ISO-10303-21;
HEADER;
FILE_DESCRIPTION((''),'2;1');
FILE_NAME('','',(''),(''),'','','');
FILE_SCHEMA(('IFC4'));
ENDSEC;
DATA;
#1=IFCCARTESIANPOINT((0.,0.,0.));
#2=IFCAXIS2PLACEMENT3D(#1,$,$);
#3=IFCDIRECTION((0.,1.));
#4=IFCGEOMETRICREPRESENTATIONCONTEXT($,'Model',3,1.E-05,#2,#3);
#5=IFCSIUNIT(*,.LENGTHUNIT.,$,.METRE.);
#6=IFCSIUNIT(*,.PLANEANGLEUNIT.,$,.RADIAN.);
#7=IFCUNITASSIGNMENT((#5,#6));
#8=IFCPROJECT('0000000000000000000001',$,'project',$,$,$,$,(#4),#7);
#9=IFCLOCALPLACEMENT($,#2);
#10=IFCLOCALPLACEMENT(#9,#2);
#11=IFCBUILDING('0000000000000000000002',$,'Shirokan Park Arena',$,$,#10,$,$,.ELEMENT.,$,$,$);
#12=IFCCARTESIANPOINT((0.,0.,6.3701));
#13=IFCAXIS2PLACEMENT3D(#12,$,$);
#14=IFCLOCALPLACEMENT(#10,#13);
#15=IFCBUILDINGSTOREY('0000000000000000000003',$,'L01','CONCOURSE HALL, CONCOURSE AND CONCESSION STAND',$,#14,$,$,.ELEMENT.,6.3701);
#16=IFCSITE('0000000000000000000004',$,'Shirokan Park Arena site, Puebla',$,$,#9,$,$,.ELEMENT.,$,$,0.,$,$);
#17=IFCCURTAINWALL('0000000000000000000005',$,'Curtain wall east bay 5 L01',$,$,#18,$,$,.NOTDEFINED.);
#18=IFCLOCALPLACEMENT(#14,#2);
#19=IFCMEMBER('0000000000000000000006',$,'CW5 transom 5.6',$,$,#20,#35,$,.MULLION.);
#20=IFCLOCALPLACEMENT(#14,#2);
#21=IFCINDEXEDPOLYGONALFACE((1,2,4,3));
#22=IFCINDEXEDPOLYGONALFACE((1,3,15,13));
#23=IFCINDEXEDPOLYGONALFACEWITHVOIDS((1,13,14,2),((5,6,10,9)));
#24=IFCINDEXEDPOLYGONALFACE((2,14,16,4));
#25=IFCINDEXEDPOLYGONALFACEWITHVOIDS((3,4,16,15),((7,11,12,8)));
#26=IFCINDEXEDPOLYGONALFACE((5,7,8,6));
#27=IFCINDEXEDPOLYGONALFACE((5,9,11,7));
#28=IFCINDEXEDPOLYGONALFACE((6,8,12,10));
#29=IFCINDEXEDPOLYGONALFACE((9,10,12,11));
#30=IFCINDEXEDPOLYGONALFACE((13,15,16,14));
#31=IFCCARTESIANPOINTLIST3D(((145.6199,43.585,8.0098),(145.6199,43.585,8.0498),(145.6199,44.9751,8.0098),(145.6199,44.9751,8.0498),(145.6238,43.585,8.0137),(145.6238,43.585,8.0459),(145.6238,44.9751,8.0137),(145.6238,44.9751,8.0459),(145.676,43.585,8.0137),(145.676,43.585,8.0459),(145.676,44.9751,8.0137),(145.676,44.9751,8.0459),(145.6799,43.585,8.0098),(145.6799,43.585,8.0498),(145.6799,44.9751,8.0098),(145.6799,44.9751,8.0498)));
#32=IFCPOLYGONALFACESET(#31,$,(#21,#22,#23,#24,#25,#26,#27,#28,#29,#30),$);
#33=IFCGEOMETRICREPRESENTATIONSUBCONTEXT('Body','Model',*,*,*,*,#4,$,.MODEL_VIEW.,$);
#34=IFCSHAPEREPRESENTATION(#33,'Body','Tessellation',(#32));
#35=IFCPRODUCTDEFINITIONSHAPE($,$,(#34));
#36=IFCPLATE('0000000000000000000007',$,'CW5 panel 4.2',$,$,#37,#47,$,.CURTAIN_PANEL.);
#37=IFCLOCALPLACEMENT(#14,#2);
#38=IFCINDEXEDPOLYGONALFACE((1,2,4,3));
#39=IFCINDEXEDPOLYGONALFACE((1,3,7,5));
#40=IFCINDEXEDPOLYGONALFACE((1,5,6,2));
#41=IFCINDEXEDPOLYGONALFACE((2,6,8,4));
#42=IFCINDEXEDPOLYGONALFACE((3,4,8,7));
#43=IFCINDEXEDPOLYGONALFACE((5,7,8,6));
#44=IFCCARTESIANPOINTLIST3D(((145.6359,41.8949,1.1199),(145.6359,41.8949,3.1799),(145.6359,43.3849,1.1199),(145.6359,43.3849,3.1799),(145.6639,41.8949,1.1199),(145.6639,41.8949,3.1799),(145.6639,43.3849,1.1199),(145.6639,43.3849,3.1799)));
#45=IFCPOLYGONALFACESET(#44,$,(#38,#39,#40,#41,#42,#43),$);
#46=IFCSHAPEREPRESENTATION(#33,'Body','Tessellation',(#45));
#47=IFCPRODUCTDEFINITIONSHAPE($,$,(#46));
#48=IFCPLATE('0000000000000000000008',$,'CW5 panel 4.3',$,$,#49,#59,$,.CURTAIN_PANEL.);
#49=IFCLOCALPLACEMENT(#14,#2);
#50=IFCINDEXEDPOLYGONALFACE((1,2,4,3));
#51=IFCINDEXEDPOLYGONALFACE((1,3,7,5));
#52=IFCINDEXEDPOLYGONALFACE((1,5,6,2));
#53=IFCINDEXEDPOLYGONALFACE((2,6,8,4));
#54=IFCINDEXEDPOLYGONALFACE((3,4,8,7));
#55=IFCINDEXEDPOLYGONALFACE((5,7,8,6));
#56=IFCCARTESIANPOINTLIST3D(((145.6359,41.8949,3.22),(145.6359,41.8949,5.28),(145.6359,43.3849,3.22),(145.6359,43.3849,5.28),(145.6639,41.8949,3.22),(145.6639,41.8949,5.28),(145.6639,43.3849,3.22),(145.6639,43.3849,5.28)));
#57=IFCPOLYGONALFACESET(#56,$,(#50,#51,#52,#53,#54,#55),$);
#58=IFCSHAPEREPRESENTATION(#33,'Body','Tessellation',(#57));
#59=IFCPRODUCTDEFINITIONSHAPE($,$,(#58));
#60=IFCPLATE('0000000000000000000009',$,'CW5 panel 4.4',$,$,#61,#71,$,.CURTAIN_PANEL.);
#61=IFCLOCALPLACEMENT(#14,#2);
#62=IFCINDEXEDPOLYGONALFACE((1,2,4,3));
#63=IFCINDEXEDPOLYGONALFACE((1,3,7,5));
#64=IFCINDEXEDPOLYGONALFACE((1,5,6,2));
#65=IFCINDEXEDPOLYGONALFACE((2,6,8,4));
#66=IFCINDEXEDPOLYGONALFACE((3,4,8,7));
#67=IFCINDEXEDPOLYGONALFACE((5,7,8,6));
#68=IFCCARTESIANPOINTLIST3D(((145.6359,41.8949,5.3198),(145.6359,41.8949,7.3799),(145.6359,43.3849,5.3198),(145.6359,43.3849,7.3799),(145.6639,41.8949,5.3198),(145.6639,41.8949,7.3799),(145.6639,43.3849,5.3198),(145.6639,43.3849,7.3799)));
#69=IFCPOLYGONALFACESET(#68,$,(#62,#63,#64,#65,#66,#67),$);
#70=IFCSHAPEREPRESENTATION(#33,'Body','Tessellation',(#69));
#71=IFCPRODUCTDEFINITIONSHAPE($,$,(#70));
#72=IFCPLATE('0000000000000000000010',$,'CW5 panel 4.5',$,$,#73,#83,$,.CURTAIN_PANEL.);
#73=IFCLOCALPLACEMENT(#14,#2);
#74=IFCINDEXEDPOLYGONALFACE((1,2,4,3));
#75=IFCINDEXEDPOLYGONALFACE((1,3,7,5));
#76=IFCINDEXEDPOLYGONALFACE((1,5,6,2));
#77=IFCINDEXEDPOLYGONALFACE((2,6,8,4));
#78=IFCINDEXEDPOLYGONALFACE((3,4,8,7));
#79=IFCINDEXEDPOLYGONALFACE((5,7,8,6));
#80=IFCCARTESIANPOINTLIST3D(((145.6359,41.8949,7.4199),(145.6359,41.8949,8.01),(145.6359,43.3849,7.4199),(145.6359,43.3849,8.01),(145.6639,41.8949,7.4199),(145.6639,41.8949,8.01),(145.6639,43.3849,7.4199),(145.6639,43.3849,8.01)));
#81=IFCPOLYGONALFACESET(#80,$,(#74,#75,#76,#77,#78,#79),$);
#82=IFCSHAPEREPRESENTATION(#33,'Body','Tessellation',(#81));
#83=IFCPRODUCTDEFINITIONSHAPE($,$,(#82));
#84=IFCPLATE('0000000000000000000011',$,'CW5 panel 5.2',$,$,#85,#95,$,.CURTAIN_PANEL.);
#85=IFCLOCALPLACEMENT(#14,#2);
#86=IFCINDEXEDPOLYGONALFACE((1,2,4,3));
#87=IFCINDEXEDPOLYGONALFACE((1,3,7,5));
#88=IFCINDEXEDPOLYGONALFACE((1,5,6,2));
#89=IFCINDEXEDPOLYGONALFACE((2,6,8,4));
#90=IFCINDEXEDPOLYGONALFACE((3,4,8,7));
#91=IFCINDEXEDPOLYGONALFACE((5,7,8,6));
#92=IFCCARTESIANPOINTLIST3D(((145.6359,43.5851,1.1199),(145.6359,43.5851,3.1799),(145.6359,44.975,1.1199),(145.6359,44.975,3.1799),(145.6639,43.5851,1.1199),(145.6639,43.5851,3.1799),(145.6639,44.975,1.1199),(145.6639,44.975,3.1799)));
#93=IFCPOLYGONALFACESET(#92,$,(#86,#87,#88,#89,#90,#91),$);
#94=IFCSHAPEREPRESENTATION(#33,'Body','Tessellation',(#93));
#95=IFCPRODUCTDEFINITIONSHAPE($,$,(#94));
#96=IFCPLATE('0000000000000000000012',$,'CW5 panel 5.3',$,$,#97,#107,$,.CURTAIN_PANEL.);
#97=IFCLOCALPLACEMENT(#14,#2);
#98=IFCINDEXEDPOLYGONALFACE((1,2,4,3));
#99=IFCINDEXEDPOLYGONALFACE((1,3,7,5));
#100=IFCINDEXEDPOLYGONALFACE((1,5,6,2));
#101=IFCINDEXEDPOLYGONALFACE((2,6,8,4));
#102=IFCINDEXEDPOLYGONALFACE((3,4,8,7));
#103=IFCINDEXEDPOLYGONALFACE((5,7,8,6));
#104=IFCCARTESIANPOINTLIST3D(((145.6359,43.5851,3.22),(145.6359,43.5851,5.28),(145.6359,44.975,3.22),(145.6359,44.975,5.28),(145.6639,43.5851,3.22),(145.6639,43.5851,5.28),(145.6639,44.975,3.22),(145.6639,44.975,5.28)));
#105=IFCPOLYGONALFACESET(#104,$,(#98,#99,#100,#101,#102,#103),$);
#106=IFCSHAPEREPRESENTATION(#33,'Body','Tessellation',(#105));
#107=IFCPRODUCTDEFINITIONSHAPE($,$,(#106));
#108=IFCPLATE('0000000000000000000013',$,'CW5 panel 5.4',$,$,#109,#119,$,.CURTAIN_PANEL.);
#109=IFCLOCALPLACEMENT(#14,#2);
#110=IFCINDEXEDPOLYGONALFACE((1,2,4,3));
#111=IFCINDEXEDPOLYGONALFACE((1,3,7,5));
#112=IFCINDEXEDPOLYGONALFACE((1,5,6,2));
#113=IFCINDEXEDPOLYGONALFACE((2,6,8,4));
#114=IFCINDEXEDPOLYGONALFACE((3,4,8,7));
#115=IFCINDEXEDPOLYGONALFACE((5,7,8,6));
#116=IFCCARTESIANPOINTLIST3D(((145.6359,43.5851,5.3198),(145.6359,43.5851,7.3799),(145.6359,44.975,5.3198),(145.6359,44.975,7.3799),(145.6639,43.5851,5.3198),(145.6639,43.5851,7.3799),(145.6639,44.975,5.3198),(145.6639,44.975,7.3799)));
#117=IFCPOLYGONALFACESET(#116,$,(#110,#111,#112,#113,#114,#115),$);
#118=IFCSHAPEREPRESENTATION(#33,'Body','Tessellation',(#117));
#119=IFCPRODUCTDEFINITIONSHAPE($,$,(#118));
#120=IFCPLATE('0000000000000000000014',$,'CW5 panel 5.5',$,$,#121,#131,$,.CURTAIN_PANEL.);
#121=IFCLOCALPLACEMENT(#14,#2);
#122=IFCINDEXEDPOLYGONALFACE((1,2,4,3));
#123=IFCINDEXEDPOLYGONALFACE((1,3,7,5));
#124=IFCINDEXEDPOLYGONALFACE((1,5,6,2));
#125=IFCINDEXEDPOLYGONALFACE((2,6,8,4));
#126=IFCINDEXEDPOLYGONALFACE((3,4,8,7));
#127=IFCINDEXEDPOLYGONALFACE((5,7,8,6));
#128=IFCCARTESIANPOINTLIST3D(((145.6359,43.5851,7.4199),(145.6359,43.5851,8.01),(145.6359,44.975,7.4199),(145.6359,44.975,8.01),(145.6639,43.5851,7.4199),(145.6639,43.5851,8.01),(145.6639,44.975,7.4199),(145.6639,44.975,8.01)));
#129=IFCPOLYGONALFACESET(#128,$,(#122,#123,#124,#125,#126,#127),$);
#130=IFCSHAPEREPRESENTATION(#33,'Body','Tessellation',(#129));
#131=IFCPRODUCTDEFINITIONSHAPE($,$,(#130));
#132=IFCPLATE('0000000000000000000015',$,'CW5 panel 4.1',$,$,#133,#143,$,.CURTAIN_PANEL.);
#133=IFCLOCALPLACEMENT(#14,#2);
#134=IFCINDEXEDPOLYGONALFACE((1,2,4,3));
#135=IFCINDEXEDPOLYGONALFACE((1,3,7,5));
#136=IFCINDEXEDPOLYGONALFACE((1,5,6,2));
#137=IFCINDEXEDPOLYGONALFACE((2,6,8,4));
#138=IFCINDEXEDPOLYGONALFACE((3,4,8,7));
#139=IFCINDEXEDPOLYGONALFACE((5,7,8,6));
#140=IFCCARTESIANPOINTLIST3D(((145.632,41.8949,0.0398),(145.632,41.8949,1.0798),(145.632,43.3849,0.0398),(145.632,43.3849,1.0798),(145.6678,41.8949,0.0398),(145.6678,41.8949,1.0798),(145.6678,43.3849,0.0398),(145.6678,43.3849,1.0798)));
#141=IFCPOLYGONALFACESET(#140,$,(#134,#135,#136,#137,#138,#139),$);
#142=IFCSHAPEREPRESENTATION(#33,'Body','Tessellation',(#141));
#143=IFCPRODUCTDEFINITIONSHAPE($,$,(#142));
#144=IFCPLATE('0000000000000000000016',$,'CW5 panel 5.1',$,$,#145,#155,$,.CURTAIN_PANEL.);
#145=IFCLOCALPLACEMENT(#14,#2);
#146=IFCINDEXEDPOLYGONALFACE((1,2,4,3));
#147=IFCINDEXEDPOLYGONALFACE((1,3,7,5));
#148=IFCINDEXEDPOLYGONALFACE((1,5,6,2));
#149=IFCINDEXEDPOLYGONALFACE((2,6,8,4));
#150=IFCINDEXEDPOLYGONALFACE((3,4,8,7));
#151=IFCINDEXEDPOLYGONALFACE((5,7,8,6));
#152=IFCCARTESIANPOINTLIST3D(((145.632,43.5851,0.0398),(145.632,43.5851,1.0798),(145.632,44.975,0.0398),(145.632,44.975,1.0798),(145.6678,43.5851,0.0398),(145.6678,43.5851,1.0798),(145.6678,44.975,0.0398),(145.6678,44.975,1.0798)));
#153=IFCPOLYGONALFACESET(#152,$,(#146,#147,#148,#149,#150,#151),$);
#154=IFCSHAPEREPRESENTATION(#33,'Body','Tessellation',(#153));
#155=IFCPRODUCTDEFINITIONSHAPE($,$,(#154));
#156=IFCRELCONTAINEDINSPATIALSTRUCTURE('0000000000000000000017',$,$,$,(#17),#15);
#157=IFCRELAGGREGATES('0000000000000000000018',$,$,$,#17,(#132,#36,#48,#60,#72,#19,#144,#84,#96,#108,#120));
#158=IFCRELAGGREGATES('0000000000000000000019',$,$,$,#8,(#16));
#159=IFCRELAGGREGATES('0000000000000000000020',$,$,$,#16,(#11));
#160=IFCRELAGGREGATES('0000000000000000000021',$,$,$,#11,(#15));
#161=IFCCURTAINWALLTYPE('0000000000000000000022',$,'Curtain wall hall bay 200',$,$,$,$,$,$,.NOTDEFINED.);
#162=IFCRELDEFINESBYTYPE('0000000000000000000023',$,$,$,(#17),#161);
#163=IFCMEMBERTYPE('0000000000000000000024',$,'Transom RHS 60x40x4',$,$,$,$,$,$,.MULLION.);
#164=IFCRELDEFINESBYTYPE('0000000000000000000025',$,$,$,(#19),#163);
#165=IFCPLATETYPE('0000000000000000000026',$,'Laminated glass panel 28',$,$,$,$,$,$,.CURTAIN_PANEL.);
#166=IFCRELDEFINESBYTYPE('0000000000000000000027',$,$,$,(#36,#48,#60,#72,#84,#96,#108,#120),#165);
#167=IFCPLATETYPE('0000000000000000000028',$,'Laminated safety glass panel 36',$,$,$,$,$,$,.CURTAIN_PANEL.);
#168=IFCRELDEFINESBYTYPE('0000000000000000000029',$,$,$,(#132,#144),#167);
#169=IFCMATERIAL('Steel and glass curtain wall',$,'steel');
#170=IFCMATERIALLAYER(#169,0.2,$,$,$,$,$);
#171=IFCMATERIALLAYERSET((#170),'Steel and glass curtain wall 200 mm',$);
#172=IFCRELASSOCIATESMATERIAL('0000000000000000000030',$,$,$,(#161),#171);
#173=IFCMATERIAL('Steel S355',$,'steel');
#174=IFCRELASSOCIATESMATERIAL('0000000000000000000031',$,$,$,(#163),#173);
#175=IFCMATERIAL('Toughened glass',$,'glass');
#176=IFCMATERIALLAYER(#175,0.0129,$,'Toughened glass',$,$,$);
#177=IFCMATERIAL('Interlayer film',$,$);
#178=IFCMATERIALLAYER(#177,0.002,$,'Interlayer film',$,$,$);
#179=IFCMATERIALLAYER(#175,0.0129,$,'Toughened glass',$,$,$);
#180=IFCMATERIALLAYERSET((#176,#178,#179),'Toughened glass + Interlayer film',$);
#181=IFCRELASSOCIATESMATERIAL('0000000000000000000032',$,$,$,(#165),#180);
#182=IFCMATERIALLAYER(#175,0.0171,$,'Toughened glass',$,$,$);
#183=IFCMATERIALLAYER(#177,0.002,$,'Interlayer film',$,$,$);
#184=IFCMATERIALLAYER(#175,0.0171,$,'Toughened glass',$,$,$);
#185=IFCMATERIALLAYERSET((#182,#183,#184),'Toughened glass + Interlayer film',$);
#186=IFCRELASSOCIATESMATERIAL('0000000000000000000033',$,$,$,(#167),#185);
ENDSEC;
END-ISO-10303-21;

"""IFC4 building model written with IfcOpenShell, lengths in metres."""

from ifc_helpers import new_model, si_unit, direction, frame, origin, origin_2d, place, context, subcontext, project, spatial, rectangle, hollow_rectangle, extrude, material, layer, layer_set, material_profile, profile_set, type_object, element, aggregate, save


model = new_model("IFC4")

# Units and contexts
model_context = context("Model", 3, precision=1e-05, world=origin(), true_north=direction((0.0, 1.0)))
body_context = subcontext(model_context, "Body", "Model", "MODEL_VIEW")
ifc_project = project(units=[si_unit("LENGTHUNIT", "METRE"), si_unit("PLANEANGLEUNIT", "RADIAN")], contexts=[model_context])

# Site, building, storey
site_placement = place(None, origin())
site = spatial("IfcSite", under=ifc_project, at=site_placement, Name="Shirokan Park Arena site, Puebla", CompositionType="ELEMENT", RefElevation=0.0)
building_placement = place(site_placement, origin())
building = spatial("IfcBuilding", under=site, at=building_placement, Name="Shirokan Park Arena", CompositionType="ELEMENT")
storey_placement = place(building_placement, frame((0.0, 0.0, 6.3701)))
storey = spatial("IfcBuildingStorey", under=building, at=storey_placement, Name="L01", Description="CONCOURSE HALL, CONCOURSE AND CONCESSION STAND", CompositionType="ELEMENT", Elevation=6.3701)

# Curtain wall, member, plates
ifc_material_1 = material(Name="Steel and glass curtain wall", Category="steel")
ifc_layer_1 = layer(ifc_material_1, 0.2)
ifc_layer_set_1 = layer_set([ifc_layer_1], Name="Steel and glass curtain wall 200 mm")
curtain_wall_type = type_object("IfcCurtainWallType", Name="Curtain wall hall bay 200", PredefinedType="NOTDEFINED", material=ifc_layer_set_1)
curtain_wall_placement = place(storey_placement, origin())
curtain_wall = element("IfcCurtainWall", 1, at=curtain_wall_placement, inside=storey, type_object=curtain_wall_type, Name="Curtain wall east bay 5 L01", PredefinedType="NOTDEFINED")
ifc_material_2 = material(Name="Steel S355", Category="steel")
ifc_material_profile_1 = material_profile(ifc_material_2, hollow_rectangle(XDim=0.0601, YDim=0.04, WallThickness=0.0039, at=origin_2d()), Name="RHS 60x40x4")
ifc_profile_set_1 = profile_set([ifc_material_profile_1], Name="Steel S355")
member_type_1 = type_object("IfcMemberType", Name="Transom RHS 60x40x4", PredefinedType="MULLION", material=ifc_profile_set_1)
member_1_placement = place(storey_placement, frame((145.6499, 43.585, 8.0298), z_axis=(0.0, 1.0, 0.0), x_axis=(-1.0, 0.0, 0.0)))
member_1 = element("IfcMember", 2, at=member_1_placement, type_object=member_type_1, Name="CW5 transom 5.6", PredefinedType="MULLION", context=body_context, shape_type="SweptSolid", body=[
    extrude(hollow_rectangle(XDim=0.0601, YDim=0.04, WallThickness=0.0039, at=origin_2d()), origin(), (0.0, 0.0, 1.0), 1.3901),
])
ifc_material_3 = material(Name="Toughened glass", Category="glass")
ifc_layer_2 = layer(ifc_material_3, 0.0129, Name="Toughened glass")
ifc_material_4 = material(Name="Interlayer film")
ifc_layer_3 = layer(ifc_material_4, 0.002, Name="Interlayer film")
ifc_layer_4 = layer(ifc_material_3, 0.0129, Name="Toughened glass")
ifc_layer_set_2 = layer_set([ifc_layer_2, ifc_layer_3, ifc_layer_4], Name="Toughened glass + Interlayer film")
plate_type_1 = type_object("IfcPlateType", Name="Laminated glass panel 28", PredefinedType="CURTAIN_PANEL", material=ifc_layer_set_2)
plate_1_placement = place(storey_placement, frame((145.6499, 42.6399, 1.1199), z_axis=(0.0, 0.0, 1.0), x_axis=(0.0, 1.0, 0.0)))
plate_1 = element("IfcPlate", 3, at=plate_1_placement, type_object=plate_type_1, Name="CW5 panel 4.2", PredefinedType="CURTAIN_PANEL", context=body_context, shape_type="SweptSolid", body=[
    extrude(rectangle(XDim=1.49, YDim=0.0281, at=origin_2d()), origin(), (0.0, 0.0, 1.0), 2.0601),
])
plate_2_placement = place(storey_placement, frame((145.6499, 42.6399, 3.22), z_axis=(0.0, 0.0, 1.0), x_axis=(0.0, 1.0, 0.0)))
plate_2 = element("IfcPlate", 4, at=plate_2_placement, type_object=plate_type_1, Name="CW5 panel 4.3", PredefinedType="CURTAIN_PANEL", context=body_context, shape_type="SweptSolid", body=[
    extrude(rectangle(XDim=1.49, YDim=0.0281, at=origin_2d()), origin(), (0.0, 0.0, 1.0), 2.0601),
])
plate_3_placement = place(storey_placement, frame((145.6499, 42.6399, 5.3198), z_axis=(0.0, 0.0, 1.0), x_axis=(0.0, 1.0, 0.0)))
plate_3 = element("IfcPlate", 5, at=plate_3_placement, type_object=plate_type_1, Name="CW5 panel 4.4", PredefinedType="CURTAIN_PANEL", context=body_context, shape_type="SweptSolid", body=[
    extrude(rectangle(XDim=1.49, YDim=0.0281, at=origin_2d()), origin(), (0.0, 0.0, 1.0), 2.0601),
])
plate_4_placement = place(storey_placement, frame((145.6499, 42.6399, 7.4199), z_axis=(0.0, 0.0, 1.0), x_axis=(0.0, 1.0, 0.0)))
plate_4 = element("IfcPlate", 6, at=plate_4_placement, type_object=plate_type_1, Name="CW5 panel 4.5", PredefinedType="CURTAIN_PANEL", context=body_context, shape_type="SweptSolid", body=[
    extrude(rectangle(XDim=1.49, YDim=0.0281, at=origin_2d()), origin(), (0.0, 0.0, 1.0), 0.5901),
])
plate_5_placement = place(storey_placement, frame((145.6499, 44.28, 1.1199), z_axis=(0.0, 0.0, 1.0), x_axis=(0.0, 1.0, 0.0)))
plate_5 = element("IfcPlate", 7, at=plate_5_placement, type_object=plate_type_1, Name="CW5 panel 5.2", PredefinedType="CURTAIN_PANEL", context=body_context, shape_type="SweptSolid", body=[
    extrude(rectangle(XDim=1.3899, YDim=0.0281, at=origin_2d()), origin(), (0.0, 0.0, 1.0), 2.0601),
])
plate_6_placement = place(storey_placement, frame((145.6499, 44.28, 3.22), z_axis=(0.0, 0.0, 1.0), x_axis=(0.0, 1.0, 0.0)))
plate_6 = element("IfcPlate", 8, at=plate_6_placement, type_object=plate_type_1, Name="CW5 panel 5.3", PredefinedType="CURTAIN_PANEL", context=body_context, shape_type="SweptSolid", body=[
    extrude(rectangle(XDim=1.3899, YDim=0.0281, at=origin_2d()), origin(), (0.0, 0.0, 1.0), 2.0601),
])
plate_7_placement = place(storey_placement, frame((145.6499, 44.28, 5.3198), z_axis=(0.0, 0.0, 1.0), x_axis=(0.0, 1.0, 0.0)))
plate_7 = element("IfcPlate", 9, at=plate_7_placement, type_object=plate_type_1, Name="CW5 panel 5.4", PredefinedType="CURTAIN_PANEL", context=body_context, shape_type="SweptSolid", body=[
    extrude(rectangle(XDim=1.3899, YDim=0.0281, at=origin_2d()), origin(), (0.0, 0.0, 1.0), 2.0601),
])
plate_8_placement = place(storey_placement, frame((145.6499, 44.28, 7.4199), z_axis=(0.0, 0.0, 1.0), x_axis=(0.0, 1.0, 0.0)))
plate_8 = element("IfcPlate", 10, at=plate_8_placement, type_object=plate_type_1, Name="CW5 panel 5.5", PredefinedType="CURTAIN_PANEL", context=body_context, shape_type="SweptSolid", body=[
    extrude(rectangle(XDim=1.3899, YDim=0.0281, at=origin_2d()), origin(), (0.0, 0.0, 1.0), 0.5901),
])
ifc_layer_5 = layer(ifc_material_3, 0.0171, Name="Toughened glass")
ifc_layer_6 = layer(ifc_material_4, 0.002, Name="Interlayer film")
ifc_layer_7 = layer(ifc_material_3, 0.0171, Name="Toughened glass")
ifc_layer_set_3 = layer_set([ifc_layer_5, ifc_layer_6, ifc_layer_7], Name="Toughened glass + Interlayer film")
plate_type_2 = type_object("IfcPlateType", Name="Laminated safety glass panel 36", PredefinedType="CURTAIN_PANEL", material=ifc_layer_set_3)
plate_9_placement = place(storey_placement, frame((145.6499, 42.6399, 0.0398), z_axis=(0.0, 0.0, 1.0), x_axis=(0.0, 1.0, 0.0)))
plate_9 = element("IfcPlate", 11, at=plate_9_placement, type_object=plate_type_2, Name="CW5 panel 4.1", PredefinedType="CURTAIN_PANEL", context=body_context, shape_type="SweptSolid", body=[
    extrude(rectangle(XDim=1.49, YDim=0.0359, at=origin_2d()), origin(), (0.0, 0.0, 1.0), 1.04),
])
plate_10_placement = place(storey_placement, frame((145.6499, 44.28, 0.0398), z_axis=(0.0, 0.0, 1.0), x_axis=(0.0, 1.0, 0.0)))
plate_10 = element("IfcPlate", 12, at=plate_10_placement, type_object=plate_type_2, Name="CW5 panel 5.1", PredefinedType="CURTAIN_PANEL", context=body_context, shape_type="SweptSolid", body=[
    extrude(rectangle(XDim=1.3899, YDim=0.0359, at=origin_2d()), origin(), (0.0, 0.0, 1.0), 1.04),
])
aggregate(curtain_wall, [plate_9, plate_1, plate_2, plate_3, plate_4, member_1, plate_10, plate_5, plate_6, plate_7, plate_8])

save(model, "model.ifc")
